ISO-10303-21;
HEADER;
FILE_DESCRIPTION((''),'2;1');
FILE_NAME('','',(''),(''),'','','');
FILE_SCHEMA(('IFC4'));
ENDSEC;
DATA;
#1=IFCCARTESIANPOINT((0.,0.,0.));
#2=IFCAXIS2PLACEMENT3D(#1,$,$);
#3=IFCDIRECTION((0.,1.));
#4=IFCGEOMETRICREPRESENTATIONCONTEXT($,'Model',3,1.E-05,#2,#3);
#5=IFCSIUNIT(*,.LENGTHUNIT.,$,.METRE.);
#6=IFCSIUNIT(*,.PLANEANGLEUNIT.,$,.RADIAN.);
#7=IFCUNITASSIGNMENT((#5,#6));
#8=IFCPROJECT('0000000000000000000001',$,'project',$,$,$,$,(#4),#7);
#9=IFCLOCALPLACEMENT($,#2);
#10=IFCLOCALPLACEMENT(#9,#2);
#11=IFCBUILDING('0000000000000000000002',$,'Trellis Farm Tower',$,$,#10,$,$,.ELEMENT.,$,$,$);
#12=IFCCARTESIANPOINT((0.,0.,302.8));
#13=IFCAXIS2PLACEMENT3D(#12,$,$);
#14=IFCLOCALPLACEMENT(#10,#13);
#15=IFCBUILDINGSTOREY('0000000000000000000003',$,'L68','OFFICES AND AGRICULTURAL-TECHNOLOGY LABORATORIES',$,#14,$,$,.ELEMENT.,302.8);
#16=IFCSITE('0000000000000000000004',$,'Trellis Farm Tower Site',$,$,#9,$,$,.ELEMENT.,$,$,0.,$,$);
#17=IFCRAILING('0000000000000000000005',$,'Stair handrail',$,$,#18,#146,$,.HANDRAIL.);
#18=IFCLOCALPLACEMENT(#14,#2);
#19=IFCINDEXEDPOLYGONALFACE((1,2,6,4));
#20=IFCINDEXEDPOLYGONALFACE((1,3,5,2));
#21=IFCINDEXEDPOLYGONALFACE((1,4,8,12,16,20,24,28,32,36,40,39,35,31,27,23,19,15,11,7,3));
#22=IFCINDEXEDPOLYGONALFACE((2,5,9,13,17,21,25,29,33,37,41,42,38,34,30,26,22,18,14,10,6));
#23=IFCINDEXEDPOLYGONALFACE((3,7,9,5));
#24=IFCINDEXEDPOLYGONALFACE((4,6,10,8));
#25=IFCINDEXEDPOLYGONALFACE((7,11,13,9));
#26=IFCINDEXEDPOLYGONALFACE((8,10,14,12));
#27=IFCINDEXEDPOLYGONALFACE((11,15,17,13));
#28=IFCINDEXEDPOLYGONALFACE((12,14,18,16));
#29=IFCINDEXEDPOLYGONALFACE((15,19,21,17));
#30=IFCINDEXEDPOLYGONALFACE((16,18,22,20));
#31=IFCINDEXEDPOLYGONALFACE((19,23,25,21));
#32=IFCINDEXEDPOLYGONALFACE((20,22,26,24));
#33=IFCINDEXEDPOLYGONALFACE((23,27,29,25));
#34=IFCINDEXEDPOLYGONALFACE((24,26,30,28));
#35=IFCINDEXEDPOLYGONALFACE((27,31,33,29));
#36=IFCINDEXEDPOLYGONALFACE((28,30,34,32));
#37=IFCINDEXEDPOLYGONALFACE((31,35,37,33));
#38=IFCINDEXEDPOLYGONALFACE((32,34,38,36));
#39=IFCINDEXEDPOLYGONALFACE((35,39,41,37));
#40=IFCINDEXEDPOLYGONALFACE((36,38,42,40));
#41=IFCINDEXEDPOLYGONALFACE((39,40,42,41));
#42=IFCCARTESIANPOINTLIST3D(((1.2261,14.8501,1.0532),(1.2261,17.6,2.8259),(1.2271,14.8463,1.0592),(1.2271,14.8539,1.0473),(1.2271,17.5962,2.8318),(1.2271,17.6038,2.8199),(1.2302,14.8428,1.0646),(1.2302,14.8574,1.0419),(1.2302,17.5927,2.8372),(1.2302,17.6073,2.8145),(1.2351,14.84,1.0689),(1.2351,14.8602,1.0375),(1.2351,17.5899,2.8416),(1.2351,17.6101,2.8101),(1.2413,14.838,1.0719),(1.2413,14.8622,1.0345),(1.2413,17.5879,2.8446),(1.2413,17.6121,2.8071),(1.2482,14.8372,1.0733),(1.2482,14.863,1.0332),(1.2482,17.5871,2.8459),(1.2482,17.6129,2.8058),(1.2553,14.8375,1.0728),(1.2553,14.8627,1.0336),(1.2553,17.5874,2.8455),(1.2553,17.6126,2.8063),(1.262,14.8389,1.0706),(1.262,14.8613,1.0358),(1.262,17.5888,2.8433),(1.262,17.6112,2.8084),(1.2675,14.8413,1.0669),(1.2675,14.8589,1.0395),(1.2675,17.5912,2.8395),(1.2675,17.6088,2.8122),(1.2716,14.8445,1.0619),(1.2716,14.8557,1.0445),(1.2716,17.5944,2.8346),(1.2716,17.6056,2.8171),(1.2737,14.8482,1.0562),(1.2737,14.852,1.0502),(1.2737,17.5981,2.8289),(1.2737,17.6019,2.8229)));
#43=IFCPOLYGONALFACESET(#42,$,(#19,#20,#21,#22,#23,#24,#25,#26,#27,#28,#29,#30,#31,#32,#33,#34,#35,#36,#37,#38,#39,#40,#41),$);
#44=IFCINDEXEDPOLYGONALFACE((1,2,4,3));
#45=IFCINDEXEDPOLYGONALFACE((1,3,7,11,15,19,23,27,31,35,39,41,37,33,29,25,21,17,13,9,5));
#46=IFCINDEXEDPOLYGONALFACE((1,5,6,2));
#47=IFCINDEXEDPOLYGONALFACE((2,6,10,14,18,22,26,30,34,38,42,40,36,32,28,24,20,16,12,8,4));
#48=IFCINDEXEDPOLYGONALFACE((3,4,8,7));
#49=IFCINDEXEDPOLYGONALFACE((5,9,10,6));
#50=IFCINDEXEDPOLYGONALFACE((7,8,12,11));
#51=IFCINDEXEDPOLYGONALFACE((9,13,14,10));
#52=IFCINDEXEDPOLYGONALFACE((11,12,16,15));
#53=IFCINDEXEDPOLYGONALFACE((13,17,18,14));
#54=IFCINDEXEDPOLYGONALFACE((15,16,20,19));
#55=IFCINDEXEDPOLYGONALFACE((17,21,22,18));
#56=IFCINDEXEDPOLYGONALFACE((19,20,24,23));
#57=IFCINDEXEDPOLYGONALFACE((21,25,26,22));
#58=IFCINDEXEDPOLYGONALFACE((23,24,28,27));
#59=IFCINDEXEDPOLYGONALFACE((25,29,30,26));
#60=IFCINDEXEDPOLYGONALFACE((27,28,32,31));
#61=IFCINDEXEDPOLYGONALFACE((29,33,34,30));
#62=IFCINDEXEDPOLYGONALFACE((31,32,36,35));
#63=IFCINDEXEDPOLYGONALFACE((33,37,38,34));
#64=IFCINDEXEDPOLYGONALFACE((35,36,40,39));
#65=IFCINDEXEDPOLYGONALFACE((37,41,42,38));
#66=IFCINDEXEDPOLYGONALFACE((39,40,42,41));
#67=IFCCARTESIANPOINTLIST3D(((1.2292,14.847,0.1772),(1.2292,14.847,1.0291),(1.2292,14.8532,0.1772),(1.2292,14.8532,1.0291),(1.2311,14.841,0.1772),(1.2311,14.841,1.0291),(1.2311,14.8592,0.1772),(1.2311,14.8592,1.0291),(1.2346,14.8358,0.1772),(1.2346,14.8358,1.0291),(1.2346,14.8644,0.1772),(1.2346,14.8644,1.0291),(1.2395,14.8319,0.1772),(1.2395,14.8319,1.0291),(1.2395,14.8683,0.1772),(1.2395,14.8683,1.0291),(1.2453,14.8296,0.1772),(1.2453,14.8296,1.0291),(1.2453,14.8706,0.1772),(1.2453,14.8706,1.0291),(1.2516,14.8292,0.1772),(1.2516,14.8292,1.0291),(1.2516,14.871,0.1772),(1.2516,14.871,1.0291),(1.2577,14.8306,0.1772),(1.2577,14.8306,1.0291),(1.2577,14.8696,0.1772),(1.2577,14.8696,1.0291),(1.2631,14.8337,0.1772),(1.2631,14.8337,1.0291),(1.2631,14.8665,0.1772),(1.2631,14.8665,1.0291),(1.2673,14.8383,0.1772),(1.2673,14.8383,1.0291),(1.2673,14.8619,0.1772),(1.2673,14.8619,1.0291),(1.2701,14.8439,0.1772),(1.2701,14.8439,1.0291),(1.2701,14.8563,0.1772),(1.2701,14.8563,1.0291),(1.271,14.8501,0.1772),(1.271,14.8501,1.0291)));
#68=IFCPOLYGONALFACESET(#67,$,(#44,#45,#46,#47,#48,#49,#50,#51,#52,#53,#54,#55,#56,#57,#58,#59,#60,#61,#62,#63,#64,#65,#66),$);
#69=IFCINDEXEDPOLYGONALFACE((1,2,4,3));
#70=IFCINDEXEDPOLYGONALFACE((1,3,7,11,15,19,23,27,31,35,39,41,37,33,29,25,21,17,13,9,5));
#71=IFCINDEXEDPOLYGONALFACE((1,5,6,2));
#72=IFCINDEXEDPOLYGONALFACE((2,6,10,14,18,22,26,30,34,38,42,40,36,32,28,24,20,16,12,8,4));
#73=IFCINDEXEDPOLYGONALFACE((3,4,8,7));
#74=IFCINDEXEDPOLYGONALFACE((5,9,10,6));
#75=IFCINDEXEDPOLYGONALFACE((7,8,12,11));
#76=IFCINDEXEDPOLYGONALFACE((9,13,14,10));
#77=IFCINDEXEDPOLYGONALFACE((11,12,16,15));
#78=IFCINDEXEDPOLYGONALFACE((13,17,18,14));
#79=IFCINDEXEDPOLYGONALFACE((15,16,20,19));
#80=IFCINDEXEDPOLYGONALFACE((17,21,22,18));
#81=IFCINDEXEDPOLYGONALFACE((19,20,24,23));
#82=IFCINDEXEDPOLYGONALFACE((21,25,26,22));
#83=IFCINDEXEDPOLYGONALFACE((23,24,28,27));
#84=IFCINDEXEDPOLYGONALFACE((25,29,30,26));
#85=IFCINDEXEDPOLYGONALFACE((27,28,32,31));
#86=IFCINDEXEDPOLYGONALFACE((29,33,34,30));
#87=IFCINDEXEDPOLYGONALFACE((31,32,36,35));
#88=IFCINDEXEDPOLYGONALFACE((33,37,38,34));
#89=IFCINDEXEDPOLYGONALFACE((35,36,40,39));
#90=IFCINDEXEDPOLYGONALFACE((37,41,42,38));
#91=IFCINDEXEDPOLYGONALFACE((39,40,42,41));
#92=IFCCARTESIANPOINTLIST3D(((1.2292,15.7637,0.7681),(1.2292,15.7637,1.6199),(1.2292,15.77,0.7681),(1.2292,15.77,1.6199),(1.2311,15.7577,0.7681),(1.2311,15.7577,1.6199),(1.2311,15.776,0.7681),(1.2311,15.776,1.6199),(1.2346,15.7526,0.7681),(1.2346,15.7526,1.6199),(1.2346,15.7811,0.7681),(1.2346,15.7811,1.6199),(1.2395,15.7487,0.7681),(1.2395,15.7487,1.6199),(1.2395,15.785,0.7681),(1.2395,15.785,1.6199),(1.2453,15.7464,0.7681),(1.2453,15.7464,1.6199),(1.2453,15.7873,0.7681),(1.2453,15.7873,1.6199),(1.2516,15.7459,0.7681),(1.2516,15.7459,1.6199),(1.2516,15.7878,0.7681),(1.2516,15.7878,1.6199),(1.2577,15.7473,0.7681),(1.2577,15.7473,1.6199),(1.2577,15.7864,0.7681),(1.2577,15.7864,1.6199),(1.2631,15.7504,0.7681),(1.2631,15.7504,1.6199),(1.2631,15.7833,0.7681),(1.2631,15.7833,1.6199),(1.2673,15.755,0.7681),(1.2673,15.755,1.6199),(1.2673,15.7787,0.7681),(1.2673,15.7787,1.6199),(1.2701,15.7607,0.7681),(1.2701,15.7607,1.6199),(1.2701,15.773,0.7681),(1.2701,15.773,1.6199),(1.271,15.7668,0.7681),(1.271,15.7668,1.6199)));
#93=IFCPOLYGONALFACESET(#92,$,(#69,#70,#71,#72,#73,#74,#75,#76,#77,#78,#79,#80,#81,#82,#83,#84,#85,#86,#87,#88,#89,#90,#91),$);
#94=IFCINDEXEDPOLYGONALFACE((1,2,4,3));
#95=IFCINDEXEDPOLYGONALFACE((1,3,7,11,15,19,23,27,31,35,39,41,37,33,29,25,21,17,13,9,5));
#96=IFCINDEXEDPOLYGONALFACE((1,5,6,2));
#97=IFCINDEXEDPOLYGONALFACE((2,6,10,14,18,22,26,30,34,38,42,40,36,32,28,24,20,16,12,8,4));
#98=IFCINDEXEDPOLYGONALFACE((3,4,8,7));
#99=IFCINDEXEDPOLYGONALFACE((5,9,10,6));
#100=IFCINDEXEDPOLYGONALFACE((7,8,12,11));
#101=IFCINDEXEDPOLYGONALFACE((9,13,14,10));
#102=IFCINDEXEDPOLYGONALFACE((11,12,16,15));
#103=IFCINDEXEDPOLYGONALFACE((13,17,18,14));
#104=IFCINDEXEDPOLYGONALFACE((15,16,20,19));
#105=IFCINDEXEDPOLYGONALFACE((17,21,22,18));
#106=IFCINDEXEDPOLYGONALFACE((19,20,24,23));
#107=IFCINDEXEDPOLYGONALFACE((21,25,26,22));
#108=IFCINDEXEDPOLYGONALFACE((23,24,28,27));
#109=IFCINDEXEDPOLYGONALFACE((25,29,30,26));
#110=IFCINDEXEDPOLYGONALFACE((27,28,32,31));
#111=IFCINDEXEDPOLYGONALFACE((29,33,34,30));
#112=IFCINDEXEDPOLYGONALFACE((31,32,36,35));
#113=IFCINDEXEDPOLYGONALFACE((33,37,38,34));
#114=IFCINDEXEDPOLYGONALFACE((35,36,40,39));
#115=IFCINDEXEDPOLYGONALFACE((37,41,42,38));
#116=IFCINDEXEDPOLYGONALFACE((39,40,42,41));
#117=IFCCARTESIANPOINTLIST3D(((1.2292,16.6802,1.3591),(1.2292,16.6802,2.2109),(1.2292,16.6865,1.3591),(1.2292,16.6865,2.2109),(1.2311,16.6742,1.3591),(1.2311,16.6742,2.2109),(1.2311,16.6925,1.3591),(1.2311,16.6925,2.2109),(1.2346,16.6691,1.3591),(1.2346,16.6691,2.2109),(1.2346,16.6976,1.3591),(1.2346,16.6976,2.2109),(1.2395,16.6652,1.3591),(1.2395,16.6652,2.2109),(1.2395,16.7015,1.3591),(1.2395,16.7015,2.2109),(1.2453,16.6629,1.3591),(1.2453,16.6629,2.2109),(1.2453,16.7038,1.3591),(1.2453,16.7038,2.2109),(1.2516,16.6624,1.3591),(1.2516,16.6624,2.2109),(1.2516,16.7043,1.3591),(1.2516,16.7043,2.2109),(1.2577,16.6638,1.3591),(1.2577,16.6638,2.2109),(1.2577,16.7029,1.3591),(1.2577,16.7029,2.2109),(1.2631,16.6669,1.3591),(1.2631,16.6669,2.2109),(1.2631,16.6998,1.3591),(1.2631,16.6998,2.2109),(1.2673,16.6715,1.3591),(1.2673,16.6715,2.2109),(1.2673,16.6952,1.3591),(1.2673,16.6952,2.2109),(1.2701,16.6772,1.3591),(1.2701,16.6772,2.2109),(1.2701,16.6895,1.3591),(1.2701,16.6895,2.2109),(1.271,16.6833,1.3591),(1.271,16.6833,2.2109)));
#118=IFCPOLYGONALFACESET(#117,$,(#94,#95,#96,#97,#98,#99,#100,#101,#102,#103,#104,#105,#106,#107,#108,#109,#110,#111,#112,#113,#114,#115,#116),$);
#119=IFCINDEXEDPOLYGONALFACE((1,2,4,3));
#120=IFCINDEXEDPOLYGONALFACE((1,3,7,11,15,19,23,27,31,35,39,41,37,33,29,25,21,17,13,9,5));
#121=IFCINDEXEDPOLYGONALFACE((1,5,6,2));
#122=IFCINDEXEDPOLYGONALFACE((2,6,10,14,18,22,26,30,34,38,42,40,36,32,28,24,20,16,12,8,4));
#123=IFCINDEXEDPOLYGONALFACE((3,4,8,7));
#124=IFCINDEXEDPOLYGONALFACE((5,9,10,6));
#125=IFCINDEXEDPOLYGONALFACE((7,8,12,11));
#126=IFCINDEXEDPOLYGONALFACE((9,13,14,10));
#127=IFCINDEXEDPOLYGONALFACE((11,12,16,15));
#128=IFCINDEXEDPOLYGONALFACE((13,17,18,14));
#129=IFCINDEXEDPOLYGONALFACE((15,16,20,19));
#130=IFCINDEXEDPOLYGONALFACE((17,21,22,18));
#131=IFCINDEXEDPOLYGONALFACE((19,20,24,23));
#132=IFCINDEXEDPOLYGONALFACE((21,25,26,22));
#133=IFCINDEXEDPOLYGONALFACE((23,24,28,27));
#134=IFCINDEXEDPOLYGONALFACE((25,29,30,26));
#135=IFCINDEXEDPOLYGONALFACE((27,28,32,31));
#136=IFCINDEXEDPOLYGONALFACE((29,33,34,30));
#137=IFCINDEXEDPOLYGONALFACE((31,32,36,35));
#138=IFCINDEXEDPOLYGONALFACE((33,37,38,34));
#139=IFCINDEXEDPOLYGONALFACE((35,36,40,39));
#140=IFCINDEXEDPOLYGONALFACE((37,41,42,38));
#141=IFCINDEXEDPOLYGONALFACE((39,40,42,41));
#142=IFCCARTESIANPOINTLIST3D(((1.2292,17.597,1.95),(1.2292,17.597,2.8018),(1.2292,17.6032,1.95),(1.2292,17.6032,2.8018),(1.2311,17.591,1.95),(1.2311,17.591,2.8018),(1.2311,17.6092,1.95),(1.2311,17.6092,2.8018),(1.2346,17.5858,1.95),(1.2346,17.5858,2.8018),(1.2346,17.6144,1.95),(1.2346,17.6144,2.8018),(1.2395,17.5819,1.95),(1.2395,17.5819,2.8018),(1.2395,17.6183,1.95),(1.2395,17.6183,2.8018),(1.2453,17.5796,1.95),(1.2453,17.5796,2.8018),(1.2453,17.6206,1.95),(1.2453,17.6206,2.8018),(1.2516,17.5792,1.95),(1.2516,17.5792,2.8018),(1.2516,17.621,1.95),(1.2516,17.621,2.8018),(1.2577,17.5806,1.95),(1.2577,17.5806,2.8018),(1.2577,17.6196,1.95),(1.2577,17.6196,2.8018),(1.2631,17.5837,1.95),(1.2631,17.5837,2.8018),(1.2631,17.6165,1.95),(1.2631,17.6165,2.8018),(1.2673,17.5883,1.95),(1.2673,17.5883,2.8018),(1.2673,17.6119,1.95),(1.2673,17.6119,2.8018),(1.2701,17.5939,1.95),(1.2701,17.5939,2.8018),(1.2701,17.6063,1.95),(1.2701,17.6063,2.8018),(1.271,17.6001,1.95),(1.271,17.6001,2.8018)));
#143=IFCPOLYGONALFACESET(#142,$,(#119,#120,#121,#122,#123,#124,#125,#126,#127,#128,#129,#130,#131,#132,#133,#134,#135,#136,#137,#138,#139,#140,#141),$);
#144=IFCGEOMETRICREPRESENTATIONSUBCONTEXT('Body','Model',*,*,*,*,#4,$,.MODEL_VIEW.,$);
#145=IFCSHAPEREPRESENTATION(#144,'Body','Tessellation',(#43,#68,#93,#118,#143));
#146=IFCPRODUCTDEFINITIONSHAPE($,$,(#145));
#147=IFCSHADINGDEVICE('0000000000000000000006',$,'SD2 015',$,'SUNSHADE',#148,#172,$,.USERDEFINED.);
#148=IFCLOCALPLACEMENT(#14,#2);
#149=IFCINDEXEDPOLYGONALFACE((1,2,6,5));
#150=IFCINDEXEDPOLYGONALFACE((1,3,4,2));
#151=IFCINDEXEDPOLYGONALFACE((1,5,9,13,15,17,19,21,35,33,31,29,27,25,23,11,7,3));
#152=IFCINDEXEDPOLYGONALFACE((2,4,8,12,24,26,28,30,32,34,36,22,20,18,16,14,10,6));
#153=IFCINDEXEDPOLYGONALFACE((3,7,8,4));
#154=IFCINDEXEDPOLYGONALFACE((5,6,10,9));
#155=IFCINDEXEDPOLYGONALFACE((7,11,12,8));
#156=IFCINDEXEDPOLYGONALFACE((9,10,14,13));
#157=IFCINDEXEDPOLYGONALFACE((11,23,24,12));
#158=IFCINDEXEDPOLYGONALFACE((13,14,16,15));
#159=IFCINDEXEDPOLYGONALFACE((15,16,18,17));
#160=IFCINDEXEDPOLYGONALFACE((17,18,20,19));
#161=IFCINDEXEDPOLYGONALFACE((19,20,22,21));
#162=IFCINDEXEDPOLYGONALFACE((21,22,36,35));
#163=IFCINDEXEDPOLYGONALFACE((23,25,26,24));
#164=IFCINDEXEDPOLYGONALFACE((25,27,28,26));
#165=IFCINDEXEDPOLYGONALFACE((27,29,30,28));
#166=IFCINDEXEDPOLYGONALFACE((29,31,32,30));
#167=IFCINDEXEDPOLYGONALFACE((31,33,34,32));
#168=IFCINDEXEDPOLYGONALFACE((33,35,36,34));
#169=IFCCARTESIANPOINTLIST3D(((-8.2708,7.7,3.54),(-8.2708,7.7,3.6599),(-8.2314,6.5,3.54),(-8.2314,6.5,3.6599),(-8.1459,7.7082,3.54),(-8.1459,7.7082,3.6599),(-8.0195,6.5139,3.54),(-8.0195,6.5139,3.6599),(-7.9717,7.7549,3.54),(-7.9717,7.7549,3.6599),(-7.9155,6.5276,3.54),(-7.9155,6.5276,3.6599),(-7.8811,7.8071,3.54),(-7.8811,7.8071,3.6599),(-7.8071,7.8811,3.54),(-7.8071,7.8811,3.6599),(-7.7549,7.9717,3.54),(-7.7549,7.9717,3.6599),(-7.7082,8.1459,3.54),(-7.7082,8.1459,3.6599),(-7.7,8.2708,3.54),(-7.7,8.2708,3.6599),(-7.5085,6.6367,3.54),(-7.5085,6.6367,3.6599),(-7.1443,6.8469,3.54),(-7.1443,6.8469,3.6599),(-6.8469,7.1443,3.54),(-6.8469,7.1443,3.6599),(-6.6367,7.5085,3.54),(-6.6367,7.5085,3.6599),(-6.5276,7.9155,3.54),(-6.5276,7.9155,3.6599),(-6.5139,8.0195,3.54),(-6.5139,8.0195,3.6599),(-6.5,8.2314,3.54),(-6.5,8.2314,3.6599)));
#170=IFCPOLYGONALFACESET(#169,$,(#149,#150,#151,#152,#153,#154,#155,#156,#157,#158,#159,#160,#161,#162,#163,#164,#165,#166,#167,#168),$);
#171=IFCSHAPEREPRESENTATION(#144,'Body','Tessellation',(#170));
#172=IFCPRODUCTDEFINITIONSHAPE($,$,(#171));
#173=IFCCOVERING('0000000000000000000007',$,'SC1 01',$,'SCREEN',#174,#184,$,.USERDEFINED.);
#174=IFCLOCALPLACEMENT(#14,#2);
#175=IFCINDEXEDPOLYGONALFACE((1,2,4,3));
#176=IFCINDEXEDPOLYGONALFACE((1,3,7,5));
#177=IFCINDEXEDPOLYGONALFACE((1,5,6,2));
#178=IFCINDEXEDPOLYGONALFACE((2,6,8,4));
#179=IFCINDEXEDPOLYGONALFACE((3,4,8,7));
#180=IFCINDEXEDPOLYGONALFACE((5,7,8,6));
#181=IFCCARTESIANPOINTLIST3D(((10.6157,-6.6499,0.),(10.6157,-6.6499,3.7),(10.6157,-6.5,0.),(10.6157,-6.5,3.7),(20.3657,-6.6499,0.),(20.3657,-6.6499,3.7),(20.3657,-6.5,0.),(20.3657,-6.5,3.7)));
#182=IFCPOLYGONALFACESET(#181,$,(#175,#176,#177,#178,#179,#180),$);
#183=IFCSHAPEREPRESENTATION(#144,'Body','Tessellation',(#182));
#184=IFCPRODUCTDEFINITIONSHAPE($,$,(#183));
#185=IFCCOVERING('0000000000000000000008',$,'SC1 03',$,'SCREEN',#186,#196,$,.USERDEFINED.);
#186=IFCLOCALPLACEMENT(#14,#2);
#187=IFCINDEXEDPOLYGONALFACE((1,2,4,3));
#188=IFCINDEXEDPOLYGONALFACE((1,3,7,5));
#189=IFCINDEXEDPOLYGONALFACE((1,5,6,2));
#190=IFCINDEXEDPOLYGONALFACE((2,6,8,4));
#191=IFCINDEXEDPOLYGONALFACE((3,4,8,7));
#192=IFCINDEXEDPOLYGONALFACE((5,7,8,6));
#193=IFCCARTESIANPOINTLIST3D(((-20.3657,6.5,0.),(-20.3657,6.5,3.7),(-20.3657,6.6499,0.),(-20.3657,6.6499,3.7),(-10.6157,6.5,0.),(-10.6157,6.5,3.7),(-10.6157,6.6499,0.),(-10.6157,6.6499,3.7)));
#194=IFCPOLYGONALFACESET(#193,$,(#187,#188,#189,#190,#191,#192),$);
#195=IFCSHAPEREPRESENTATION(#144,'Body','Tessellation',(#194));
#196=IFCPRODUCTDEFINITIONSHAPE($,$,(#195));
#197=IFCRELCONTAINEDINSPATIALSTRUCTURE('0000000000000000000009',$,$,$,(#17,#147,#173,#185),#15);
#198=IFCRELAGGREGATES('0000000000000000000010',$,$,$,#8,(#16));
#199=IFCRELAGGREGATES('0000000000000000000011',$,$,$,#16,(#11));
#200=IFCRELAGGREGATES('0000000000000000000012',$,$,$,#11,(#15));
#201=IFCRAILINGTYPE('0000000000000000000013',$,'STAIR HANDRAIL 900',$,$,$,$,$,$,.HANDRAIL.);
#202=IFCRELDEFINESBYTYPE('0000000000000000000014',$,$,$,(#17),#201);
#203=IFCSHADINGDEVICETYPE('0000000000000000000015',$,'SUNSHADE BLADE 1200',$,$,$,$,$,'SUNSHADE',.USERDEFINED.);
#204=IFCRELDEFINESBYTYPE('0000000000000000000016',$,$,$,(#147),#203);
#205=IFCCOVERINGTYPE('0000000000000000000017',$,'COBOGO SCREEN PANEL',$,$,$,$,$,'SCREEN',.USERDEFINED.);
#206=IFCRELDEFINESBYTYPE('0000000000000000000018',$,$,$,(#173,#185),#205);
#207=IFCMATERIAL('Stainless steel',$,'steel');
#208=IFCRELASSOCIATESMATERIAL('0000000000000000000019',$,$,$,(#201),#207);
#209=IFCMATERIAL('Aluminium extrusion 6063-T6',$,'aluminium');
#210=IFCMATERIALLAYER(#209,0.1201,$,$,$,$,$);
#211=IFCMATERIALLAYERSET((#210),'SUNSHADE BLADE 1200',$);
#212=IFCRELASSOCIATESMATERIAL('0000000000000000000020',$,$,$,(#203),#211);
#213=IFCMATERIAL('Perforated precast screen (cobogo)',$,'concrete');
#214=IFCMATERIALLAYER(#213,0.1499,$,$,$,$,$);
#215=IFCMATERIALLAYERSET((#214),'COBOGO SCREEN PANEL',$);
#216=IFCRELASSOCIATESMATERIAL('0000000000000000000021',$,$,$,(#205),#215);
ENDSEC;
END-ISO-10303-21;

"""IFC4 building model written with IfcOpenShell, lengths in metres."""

from ifc_helpers import new_model, si_unit, direction, frame, origin, origin_2d, place, context, subcontext, project, spatial, polyline, circle, outline, extrude, source, transform, mapped, material, layer, layer_set, type_object, element, save


model = new_model("IFC4")

# Units and contexts
model_context = context("Model", 3, precision=1e-05, world=origin(), true_north=direction((0.0, 1.0)))
body_context = subcontext(model_context, "Body", "Model", "MODEL_VIEW")
ifc_project = project(units=[si_unit("LENGTHUNIT", "METRE"), si_unit("PLANEANGLEUNIT", "RADIAN")], contexts=[model_context])

# Site, building, storey
site_placement = place(None, origin())
site = spatial("IfcSite", under=ifc_project, at=site_placement, Name="Trellis Farm Tower Site", CompositionType="ELEMENT", RefElevation=0.0)
building_placement = place(site_placement, origin())
building = spatial("IfcBuilding", under=site, at=building_placement, Name="Trellis Farm Tower", CompositionType="ELEMENT")
storey_placement = place(building_placement, frame((0.0, 0.0, 302.8)))
storey = spatial("IfcBuildingStorey", under=building, at=storey_placement, Name="L68", Description="OFFICES AND AGRICULTURAL-TECHNOLOGY LABORATORIES", CompositionType="ELEMENT", Elevation=302.8)

# Shared definitions
placement_1 = place(storey_placement, origin())
ifc_material_1 = material(Name="Aluminium extrusion 6063-T6", Category="aluminium")

# Railing
ifc_material_2 = material(Name="Stainless steel", Category="steel")
railing_type = type_object("IfcRailingType", Name="STAIR HANDRAIL 900", PredefinedType="HANDRAIL", material=ifc_material_2)
shared_shape_1 = source(origin(), body_context, "Body", "SweptSolid", [
    extrude(circle(Radius=0.0239, at=origin_2d()), frame((0.0, 0.0, 0.876), z_axis=(0.0, 0.840504, 0.541806), x_axis=(-1.0, 0.0, 0.0)), (0.0, 0.0, 1.0), 3.2717),
    extrude(circle(Radius=0.021, at=origin_2d()), origin(), (0.0, 0.0, 1.0), 0.8518),
    extrude(circle(Radius=0.021, at=origin_2d()), frame((0.0, 0.9167, 0.5908)), (0.0, 0.0, 1.0), 0.8518),
    extrude(circle(Radius=0.021, at=origin_2d()), frame((0.0, 1.8333, 1.1819)), (0.0, 0.0, 1.0), 0.8518),
    extrude(circle(Radius=0.021, at=origin_2d()), frame((0.0, 2.75, 1.7727)), (0.0, 0.0, 1.0), 0.8518),
])
railing_placement = place(storey_placement, frame((1.25, 14.8501, 0.1772)))
element("IfcRailing", 1, at=railing_placement, inside=storey, type_object=railing_type, Name="Stair handrail", PredefinedType="HANDRAIL", context=body_context, shape_type="MappedRepresentation", body=[
    mapped(shared_shape_1, transform((0.0, 0.0, 0.0))),
])

# Shading device
ifc_layer_1 = layer(ifc_material_1, 0.1201)
ifc_layer_set_1 = layer_set([ifc_layer_1], Name="SUNSHADE BLADE 1200")
shading_device_type_1 = type_object("IfcShadingDeviceType", Name="SUNSHADE BLADE 1200", ElementType="SUNSHADE", PredefinedType="USERDEFINED", material=ifc_layer_set_1)
shared_shape_2 = source(origin(), body_context, "Body", "SweptSolid", [
    extrude(outline(polyline([(-7.7, 8.2708), (-7.7087, 8.1372), (-7.707, 8.1501), (-7.7549, 7.9717), (-7.8071, 7.8811), (-7.8811, 7.8071), (-7.9717, 7.7549), (-8.1501, 7.707), (-8.1372, 7.7087), (-8.2708, 7.7), (-8.2314, 6.5), (-8.0195, 6.5139), (-7.9155, 6.5276), (-7.5085, 6.6367), (-7.1443, 6.8469), (-6.8469, 7.1443), (-6.6367, 7.5085), (-6.5276, 7.9155), (-6.5139, 8.0195), (-6.5, 8.2314), (-7.7, 8.2708)])), origin(), (0.0, 0.0, 1.0), 0.1199),
])
placement_2 = place(storey_placement, frame((0.0, 0.0, 3.54)))
element("IfcShadingDevice", 2, at=placement_2, inside=storey, type_object=shading_device_type_1, Name="SD2 015", ObjectType="SUNSHADE", PredefinedType="USERDEFINED", context=body_context, shape_type="MappedRepresentation", body=[
    mapped(shared_shape_2, transform((0.0, 0.0, 0.0))),
])

# Coverings
ifc_material_3 = material(Name="Perforated precast screen (cobogo)", Category="concrete")
ifc_layer_2 = layer(ifc_material_3, 0.1499)
ifc_layer_set_2 = layer_set([ifc_layer_2], Name="COBOGO SCREEN PANEL")
covering_type = type_object("IfcCoveringType", Name="COBOGO SCREEN PANEL", ElementType="SCREEN", PredefinedType="USERDEFINED", material=ifc_layer_set_2)
shared_shape_3 = source(origin(), body_context, "Body", "SweptSolid", [
    extrude(outline(polyline([(10.6157, -6.6499), (20.3657, -6.6499), (20.3657, -6.5), (10.6157, -6.5), (10.6157, -6.6499)])), origin(), (0.0, 0.0, 1.0), 3.7),
])
element("IfcCovering", 3, at=placement_1, inside=storey, type_object=covering_type, Name="SC1 01", ObjectType="SCREEN", PredefinedType="USERDEFINED", context=body_context, shape_type="MappedRepresentation", body=[
    mapped(shared_shape_3, transform((0.0, 0.0, 0.0))),
])
shared_shape_4 = source(origin(), body_context, "Body", "SweptSolid", [
    extrude(outline(polyline([(-10.6157, 6.6499), (-20.3657, 6.6499), (-20.3657, 6.5), (-10.6157, 6.5), (-10.6157, 6.6499)])), origin(), (0.0, 0.0, 1.0), 3.7),
])
element("IfcCovering", 4, at=placement_1, inside=storey, type_object=covering_type, Name="SC1 03", ObjectType="SCREEN", PredefinedType="USERDEFINED", context=body_context, shape_type="MappedRepresentation", body=[
    mapped(shared_shape_4, transform((0.0, 0.0, 0.0))),
])

save(model, "model.ifc")
